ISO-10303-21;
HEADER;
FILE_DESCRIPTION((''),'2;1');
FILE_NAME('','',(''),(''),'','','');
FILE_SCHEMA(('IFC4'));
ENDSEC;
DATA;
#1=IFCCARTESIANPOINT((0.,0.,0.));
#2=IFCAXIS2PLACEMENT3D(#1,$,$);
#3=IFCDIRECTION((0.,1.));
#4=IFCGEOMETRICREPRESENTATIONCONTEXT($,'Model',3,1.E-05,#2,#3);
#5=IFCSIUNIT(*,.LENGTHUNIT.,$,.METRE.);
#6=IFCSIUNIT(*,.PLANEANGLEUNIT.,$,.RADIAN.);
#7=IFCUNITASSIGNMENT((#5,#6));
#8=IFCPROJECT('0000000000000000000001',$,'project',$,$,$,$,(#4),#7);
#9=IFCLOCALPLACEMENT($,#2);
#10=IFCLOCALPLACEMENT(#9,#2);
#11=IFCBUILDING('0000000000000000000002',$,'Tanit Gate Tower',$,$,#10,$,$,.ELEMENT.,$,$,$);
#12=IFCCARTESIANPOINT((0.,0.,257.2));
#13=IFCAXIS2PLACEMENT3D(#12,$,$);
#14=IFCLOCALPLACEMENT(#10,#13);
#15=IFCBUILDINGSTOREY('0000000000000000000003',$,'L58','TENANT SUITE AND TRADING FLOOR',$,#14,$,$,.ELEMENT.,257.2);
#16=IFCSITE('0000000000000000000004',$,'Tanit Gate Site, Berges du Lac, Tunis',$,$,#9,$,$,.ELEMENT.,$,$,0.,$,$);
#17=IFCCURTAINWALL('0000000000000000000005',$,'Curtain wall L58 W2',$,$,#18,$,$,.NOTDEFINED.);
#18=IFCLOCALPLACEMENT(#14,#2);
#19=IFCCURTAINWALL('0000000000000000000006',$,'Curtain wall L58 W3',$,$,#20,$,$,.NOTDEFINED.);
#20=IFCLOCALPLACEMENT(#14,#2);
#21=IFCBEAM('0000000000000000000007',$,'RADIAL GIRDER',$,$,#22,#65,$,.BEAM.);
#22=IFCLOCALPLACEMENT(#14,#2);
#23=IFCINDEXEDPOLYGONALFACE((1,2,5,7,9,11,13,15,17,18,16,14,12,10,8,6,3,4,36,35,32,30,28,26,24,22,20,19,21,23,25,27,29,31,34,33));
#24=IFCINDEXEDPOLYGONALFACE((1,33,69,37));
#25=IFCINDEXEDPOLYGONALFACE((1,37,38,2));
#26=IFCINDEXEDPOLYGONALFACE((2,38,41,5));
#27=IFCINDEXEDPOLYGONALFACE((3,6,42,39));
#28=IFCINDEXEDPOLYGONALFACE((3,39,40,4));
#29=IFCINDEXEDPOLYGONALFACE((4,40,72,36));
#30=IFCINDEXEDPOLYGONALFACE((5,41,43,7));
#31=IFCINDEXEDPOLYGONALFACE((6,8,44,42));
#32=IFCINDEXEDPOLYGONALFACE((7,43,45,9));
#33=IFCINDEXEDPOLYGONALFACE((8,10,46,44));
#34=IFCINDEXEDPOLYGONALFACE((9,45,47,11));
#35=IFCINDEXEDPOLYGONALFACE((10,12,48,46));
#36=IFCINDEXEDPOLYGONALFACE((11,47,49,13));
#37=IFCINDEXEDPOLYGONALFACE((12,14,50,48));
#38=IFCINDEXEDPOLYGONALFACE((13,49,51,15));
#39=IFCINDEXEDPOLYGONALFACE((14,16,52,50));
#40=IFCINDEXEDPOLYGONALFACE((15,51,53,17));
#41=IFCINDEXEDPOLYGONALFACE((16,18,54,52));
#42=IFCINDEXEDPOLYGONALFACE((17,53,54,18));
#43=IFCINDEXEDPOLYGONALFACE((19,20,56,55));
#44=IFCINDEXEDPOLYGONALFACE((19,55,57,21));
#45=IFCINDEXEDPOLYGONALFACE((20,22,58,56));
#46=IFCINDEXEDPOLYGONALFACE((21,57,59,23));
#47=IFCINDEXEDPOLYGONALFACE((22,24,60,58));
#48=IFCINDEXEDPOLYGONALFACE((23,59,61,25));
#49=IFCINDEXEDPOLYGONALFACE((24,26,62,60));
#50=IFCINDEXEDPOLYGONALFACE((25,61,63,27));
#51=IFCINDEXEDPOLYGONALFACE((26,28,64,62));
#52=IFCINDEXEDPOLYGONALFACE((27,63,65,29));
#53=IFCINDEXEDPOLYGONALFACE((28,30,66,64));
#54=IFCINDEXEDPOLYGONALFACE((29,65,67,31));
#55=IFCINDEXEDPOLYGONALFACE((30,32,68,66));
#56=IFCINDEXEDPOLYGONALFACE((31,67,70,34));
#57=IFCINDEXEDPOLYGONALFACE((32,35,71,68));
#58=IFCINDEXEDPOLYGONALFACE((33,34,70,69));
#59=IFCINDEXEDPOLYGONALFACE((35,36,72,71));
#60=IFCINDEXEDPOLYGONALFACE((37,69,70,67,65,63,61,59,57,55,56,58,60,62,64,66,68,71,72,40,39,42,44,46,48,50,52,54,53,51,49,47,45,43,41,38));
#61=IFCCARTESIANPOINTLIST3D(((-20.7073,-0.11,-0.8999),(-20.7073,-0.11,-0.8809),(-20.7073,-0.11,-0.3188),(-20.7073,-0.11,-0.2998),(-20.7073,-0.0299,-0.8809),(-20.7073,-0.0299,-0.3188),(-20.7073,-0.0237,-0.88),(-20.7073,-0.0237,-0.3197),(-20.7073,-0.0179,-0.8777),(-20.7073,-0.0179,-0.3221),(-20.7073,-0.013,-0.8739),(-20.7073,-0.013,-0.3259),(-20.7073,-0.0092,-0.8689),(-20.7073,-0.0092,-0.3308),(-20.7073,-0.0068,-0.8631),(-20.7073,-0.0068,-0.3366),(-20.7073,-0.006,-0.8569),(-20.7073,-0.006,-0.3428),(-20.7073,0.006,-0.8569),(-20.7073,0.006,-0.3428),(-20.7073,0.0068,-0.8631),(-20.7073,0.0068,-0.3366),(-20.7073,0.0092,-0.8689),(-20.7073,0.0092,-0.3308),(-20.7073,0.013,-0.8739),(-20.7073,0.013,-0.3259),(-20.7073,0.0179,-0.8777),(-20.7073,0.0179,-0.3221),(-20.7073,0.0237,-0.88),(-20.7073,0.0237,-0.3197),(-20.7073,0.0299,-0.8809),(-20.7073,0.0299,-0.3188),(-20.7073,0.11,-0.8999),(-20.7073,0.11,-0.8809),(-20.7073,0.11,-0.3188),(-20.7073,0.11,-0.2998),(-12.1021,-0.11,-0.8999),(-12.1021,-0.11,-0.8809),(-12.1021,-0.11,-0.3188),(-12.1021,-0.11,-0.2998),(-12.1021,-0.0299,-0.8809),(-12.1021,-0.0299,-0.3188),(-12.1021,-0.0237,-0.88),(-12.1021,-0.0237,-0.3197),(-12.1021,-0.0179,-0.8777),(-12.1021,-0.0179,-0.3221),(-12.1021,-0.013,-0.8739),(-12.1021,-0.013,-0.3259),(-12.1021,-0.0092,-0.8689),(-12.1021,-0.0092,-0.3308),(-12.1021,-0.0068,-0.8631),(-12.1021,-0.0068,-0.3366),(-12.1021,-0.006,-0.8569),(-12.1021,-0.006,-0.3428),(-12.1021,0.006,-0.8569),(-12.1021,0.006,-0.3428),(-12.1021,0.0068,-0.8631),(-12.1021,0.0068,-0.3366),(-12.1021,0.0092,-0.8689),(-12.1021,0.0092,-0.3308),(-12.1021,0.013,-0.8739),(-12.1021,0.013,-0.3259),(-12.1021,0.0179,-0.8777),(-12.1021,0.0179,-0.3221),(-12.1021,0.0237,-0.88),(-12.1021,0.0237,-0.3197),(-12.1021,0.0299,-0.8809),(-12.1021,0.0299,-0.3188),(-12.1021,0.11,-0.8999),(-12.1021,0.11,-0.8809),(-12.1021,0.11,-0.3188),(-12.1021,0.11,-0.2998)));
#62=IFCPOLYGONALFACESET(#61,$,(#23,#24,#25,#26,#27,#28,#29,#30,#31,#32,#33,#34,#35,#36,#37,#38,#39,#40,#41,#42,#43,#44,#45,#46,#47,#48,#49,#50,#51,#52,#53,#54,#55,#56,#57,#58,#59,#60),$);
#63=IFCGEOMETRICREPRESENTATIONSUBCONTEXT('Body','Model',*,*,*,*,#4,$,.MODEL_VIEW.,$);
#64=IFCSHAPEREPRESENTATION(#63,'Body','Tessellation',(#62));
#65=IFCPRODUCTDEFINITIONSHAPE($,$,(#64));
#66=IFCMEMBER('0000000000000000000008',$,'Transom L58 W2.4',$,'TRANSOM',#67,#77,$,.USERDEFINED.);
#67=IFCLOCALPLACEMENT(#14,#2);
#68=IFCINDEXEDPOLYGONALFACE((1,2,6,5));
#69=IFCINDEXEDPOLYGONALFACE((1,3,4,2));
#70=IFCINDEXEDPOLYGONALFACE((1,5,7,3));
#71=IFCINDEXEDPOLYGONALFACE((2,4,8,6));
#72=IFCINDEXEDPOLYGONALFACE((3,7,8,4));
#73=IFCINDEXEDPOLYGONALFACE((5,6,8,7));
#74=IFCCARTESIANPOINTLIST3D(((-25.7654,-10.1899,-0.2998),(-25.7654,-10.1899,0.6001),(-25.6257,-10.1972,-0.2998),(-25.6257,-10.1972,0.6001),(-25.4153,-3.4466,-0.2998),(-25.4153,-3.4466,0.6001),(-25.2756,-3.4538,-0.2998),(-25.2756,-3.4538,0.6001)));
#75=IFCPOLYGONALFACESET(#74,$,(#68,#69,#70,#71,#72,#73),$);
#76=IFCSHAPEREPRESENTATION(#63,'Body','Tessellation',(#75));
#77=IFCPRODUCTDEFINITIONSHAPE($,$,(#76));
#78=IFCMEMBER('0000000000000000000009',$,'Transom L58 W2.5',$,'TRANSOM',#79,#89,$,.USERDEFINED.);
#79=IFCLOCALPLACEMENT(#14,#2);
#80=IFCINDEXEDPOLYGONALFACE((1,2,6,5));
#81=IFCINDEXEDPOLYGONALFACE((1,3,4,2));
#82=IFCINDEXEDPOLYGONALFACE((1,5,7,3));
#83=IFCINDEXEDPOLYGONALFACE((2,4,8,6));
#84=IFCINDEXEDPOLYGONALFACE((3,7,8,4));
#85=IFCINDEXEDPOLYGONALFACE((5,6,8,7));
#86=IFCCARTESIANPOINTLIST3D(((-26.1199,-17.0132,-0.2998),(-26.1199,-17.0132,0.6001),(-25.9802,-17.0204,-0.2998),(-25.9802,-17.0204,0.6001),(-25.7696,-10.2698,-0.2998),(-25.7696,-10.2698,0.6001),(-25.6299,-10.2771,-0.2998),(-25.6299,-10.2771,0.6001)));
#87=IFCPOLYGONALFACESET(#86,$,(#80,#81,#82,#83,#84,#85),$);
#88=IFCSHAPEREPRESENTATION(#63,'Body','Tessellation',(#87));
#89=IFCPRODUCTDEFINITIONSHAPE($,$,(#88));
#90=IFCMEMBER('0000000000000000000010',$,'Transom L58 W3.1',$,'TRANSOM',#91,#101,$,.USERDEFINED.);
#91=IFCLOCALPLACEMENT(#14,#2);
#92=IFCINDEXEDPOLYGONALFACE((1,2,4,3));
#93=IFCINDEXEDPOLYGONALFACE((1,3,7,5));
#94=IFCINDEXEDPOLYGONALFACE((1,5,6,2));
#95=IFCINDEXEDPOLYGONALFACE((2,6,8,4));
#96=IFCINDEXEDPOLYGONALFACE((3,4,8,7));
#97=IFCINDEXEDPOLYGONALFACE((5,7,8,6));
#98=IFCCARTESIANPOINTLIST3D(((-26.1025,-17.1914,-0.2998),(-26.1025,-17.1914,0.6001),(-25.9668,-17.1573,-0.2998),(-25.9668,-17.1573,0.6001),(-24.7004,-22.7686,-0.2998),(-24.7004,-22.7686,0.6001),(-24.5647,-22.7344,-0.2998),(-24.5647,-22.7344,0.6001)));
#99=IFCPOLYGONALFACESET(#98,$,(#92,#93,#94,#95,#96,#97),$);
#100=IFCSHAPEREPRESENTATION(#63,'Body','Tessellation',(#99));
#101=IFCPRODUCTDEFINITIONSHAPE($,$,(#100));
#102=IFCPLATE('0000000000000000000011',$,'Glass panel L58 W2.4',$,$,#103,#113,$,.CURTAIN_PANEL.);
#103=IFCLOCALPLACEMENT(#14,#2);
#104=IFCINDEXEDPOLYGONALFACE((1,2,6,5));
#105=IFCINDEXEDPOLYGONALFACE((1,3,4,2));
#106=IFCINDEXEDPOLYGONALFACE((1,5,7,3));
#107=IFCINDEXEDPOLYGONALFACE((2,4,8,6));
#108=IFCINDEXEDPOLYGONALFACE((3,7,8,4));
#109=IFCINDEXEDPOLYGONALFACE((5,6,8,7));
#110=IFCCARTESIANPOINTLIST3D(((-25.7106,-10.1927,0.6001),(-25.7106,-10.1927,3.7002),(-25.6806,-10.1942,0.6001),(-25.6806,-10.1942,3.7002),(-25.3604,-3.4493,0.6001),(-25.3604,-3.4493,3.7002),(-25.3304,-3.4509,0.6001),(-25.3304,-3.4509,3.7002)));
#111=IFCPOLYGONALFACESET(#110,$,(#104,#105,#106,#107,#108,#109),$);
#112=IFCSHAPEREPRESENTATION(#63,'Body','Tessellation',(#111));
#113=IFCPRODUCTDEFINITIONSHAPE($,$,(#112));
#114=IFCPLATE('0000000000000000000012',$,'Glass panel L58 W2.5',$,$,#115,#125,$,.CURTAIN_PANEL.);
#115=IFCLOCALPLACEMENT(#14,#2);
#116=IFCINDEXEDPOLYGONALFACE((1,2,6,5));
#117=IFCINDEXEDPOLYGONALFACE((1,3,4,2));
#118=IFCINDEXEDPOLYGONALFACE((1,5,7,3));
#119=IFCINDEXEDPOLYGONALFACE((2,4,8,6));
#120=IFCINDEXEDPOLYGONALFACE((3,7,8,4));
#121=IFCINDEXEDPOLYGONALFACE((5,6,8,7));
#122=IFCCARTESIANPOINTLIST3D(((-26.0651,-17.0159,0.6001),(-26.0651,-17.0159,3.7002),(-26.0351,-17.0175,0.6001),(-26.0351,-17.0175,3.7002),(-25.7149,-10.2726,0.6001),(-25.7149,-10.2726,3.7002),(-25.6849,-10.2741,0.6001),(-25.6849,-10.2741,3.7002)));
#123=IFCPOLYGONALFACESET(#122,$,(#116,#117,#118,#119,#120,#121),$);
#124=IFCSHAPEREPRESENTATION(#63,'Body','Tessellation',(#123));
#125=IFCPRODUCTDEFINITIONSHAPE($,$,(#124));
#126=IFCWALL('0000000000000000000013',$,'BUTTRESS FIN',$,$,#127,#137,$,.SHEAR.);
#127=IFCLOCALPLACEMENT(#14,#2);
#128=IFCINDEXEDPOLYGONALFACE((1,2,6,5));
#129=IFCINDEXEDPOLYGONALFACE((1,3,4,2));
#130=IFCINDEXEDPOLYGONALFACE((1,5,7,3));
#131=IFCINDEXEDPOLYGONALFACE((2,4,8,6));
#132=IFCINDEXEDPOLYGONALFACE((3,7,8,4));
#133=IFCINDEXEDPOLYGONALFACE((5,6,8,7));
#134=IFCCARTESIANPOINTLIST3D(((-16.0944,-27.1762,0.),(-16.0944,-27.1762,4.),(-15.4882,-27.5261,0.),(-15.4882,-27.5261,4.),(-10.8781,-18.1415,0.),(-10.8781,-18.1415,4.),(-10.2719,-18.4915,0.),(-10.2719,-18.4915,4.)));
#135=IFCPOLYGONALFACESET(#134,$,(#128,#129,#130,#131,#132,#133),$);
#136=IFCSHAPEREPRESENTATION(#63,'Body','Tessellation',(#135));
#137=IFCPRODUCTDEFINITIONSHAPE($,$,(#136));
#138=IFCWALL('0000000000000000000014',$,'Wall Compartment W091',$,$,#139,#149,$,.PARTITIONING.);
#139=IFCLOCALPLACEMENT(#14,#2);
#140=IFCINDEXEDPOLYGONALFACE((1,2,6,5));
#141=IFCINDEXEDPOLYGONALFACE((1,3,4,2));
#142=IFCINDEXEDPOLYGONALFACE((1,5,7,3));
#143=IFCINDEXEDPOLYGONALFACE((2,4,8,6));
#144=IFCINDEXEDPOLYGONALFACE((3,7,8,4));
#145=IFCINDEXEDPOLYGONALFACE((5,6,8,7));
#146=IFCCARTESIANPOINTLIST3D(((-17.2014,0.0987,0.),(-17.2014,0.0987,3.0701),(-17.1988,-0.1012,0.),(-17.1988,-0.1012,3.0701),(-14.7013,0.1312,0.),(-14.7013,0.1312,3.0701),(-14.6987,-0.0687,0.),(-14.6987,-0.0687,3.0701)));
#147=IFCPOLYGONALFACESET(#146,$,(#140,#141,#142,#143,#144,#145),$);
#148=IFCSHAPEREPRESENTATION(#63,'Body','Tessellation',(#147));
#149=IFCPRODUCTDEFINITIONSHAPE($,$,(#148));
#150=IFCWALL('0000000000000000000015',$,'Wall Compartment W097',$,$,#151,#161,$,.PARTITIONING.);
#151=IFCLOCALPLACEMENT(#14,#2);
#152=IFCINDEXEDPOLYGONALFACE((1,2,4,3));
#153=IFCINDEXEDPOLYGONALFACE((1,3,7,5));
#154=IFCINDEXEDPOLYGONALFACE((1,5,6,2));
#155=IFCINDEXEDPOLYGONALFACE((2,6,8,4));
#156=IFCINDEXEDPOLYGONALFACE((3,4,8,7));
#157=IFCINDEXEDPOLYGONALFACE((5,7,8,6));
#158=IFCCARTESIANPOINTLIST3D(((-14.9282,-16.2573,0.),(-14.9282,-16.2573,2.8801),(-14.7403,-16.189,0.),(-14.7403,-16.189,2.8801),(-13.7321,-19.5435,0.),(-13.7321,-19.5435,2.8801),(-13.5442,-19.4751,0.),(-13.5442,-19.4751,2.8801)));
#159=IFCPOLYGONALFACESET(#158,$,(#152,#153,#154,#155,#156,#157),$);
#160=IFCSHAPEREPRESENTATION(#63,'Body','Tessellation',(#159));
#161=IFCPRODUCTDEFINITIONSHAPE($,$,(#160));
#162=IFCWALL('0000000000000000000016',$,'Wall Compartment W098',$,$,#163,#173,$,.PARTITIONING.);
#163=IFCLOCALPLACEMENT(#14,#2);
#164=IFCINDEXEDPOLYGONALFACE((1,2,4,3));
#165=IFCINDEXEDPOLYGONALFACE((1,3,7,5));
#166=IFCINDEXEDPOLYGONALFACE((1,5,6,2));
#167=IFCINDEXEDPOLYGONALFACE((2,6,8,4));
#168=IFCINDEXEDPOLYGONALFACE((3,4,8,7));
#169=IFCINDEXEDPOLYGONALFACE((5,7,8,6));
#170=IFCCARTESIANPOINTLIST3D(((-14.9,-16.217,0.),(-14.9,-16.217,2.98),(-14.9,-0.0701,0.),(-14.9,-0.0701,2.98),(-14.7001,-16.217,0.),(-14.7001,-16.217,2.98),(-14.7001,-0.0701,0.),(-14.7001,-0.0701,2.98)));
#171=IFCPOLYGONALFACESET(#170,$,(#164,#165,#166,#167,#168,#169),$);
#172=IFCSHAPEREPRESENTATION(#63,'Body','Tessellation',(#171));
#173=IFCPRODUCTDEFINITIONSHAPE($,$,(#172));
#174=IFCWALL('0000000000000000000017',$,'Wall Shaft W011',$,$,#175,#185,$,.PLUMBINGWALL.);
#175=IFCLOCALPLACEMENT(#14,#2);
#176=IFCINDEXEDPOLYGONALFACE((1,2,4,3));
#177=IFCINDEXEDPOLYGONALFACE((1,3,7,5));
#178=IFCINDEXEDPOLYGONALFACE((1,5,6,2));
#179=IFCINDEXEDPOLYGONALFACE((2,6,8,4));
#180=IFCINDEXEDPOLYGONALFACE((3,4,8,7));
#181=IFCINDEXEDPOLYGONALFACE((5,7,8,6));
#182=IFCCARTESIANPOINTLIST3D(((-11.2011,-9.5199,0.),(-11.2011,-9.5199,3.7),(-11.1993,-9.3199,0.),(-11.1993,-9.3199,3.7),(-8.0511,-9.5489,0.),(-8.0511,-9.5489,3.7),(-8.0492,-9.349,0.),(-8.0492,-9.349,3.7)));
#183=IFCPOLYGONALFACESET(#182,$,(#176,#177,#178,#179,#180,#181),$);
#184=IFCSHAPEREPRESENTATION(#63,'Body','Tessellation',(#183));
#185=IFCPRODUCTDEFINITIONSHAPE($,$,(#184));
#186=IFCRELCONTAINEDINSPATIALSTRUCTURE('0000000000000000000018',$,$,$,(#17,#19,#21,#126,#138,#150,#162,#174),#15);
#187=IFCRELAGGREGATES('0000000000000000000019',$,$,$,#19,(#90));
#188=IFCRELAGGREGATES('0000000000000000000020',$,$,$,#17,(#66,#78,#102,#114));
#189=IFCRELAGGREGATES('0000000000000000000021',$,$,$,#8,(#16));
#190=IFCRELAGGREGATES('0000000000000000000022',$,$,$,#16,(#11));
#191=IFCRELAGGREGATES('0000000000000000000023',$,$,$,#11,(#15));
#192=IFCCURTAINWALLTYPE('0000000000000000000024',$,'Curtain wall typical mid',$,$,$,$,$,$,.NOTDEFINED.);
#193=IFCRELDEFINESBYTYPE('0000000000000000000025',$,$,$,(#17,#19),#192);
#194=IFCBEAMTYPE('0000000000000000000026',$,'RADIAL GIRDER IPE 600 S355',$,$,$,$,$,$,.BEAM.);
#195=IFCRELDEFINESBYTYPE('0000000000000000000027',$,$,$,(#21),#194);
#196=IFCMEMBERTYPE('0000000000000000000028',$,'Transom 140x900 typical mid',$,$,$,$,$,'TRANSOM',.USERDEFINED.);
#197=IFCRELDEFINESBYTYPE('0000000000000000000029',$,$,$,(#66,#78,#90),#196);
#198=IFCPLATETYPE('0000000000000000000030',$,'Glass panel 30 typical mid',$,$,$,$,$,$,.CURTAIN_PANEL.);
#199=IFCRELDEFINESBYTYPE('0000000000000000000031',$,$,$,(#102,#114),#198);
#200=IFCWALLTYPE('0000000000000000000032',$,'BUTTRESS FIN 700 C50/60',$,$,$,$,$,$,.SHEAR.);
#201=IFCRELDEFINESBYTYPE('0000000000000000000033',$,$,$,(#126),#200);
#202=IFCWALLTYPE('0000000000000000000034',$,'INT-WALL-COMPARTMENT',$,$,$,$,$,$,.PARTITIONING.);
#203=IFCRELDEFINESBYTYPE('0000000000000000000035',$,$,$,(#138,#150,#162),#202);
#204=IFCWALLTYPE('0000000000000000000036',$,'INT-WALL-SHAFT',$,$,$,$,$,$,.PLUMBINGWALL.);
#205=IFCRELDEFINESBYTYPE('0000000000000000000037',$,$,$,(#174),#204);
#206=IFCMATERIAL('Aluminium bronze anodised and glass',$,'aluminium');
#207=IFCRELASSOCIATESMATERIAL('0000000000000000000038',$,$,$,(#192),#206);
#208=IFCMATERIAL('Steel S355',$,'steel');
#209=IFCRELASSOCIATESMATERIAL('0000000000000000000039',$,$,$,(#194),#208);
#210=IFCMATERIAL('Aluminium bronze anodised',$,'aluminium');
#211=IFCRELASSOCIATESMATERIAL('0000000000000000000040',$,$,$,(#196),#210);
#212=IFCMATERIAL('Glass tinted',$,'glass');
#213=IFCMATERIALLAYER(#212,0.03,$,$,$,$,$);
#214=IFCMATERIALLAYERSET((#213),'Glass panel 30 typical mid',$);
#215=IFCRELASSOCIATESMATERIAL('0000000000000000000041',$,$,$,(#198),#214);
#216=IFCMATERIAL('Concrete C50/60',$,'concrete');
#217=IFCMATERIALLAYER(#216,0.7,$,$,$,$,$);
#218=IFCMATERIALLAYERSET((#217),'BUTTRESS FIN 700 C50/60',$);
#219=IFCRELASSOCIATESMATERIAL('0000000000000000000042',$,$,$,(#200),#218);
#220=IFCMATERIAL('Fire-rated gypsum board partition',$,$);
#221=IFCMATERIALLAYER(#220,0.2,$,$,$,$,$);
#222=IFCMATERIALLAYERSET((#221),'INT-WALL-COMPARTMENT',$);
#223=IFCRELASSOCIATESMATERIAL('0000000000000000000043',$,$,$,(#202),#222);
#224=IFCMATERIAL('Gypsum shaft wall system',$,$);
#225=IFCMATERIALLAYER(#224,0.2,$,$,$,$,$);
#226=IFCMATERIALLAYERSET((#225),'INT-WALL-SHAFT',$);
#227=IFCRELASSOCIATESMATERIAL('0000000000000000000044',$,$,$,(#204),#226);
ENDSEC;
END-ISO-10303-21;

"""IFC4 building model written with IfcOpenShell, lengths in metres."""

from ifc_helpers import new_model, si_unit, direction, frame, frame_2d, origin, origin_2d, place, context, subcontext, project, spatial, rectangle, i_section, extrude, material, layer, layer_set, material_profile, profile_set, type_object, element, aggregate, save


model = new_model("IFC4")

# Units and contexts
model_context = context("Model", 3, precision=1e-05, world=origin(), true_north=direction((0.0, 1.0)))
body_context = subcontext(model_context, "Body", "Model", "MODEL_VIEW")
ifc_project = project(units=[si_unit("LENGTHUNIT", "METRE"), si_unit("PLANEANGLEUNIT", "RADIAN")], contexts=[model_context])

# Site, building, storey
site_placement = place(None, origin())
site = spatial("IfcSite", under=ifc_project, at=site_placement, Name="Tanit Gate Site, Berges du Lac, Tunis", CompositionType="ELEMENT", RefElevation=0.0)
building_placement = place(site_placement, origin())
building = spatial("IfcBuilding", under=site, at=building_placement, Name="Tanit Gate Tower", CompositionType="ELEMENT")
storey_placement = place(building_placement, frame((0.0, 0.0, 257.2)))
storey = spatial("IfcBuildingStorey", under=building, at=storey_placement, Name="L58", Description="TENANT SUITE AND TRADING FLOOR", CompositionType="ELEMENT", Elevation=257.2)

# Curtain wall
ifc_material_1 = material(Name="Aluminium bronze anodised and glass", Category="aluminium")
curtain_wall_type = type_object("IfcCurtainWallType", Name="Curtain wall typical mid", PredefinedType="NOTDEFINED", material=ifc_material_1)
curtain_wall_1_placement = place(storey_placement, origin())
curtain_wall_1 = element("IfcCurtainWall", 1, at=curtain_wall_1_placement, inside=storey, type_object=curtain_wall_type, Name="Curtain wall L58 W2", PredefinedType="NOTDEFINED")

# Curtain wall
curtain_wall_2_placement = place(storey_placement, origin())
curtain_wall_2 = element("IfcCurtainWall", 2, at=curtain_wall_2_placement, inside=storey, type_object=curtain_wall_type, Name="Curtain wall L58 W3", PredefinedType="NOTDEFINED")

# Beam
ifc_material_2 = material(Name="Steel S355", Category="steel")
ifc_material_profile_1 = material_profile(ifc_material_2, i_section(OverallWidth=0.22, OverallDepth=0.6001, WebThickness=0.012, FlangeThickness=0.019, FilletRadius=0.0239, at=origin_2d()), Name="IPE 600")
ifc_profile_set_1 = profile_set([ifc_material_profile_1], Name="Steel S355")
beam_type_1 = type_object("IfcBeamType", Name="RADIAL GIRDER IPE 600 S355", PredefinedType="BEAM", material=ifc_profile_set_1)
beam_1_placement = place(storey_placement, frame((-20.7073, 0.0, -0.5999), z_axis=(1.0, 0.0, 0.0), x_axis=(0.0, 1.0, 0.0)))
element("IfcBeam", 3, at=beam_1_placement, inside=storey, type_object=beam_type_1, Name="RADIAL GIRDER", PredefinedType="BEAM", context=body_context, shape_type="SweptSolid", body=[
    extrude(i_section(OverallWidth=0.22, OverallDepth=0.6001, WebThickness=0.012, FlangeThickness=0.019, FilletRadius=0.0239, at=origin_2d()), origin(), (0.0, 0.0, 1.0), 8.6052),
])

# Members
ifc_material_3 = material(Name="Aluminium bronze anodised", Category="aluminium")
ifc_material_profile_2 = material_profile(ifc_material_3, rectangle(XDim=0.1399, YDim=0.8999, at=origin_2d()), Name="140x900 bronze transom")
ifc_profile_set_2 = profile_set([ifc_material_profile_2], Name="Aluminium bronze anodised")
member_type_1 = type_object("IfcMemberType", Name="Transom 140x900 typical mid", ElementType="TRANSOM", PredefinedType="USERDEFINED", material=ifc_profile_set_2)
member_1_placement = place(storey_placement, frame((-25.3455, -3.4502, 0.1501), z_axis=(-0.051847, -0.998655, 0.0), x_axis=(0.998655, -0.051847, 0.0)))
member_1 = element("IfcMember", 4, at=member_1_placement, type_object=member_type_1, Name="Transom L58 W2.4", ObjectType="TRANSOM", PredefinedType="USERDEFINED", context=body_context, shape_type="SweptSolid", body=[
    extrude(rectangle(XDim=0.1399, YDim=0.8999, at=origin_2d()), origin(), (0.0, 0.0, 1.0), 6.7524),
])
member_2_placement = place(storey_placement, frame((-25.6997, -10.2734, 0.1501), z_axis=(-0.051883, -0.998653, 0.0), x_axis=(0.998653, -0.051883, 0.0)))
member_2 = element("IfcMember", 5, at=member_2_placement, type_object=member_type_1, Name="Transom L58 W2.5", ObjectType="TRANSOM", PredefinedType="USERDEFINED", context=body_context, shape_type="SweptSolid", body=[
    extrude(rectangle(XDim=0.1399, YDim=0.8999, at=origin_2d()), origin(), (0.0, 0.0, 1.0), 6.7524),
])
member_3_placement = place(storey_placement, frame((-26.0347, -17.1743, 0.1501), z_axis=(0.243814, -0.969822, 0.0), x_axis=(0.969822, 0.243814, 0.0)))
member_3 = element("IfcMember", 6, at=member_3_placement, type_object=member_type_1, Name="Transom L58 W3.1", ObjectType="TRANSOM", PredefinedType="USERDEFINED", context=body_context, shape_type="SweptSolid", body=[
    extrude(rectangle(XDim=0.1399, YDim=0.8999, at=origin_2d()), origin(), (0.0, 0.0, 1.0), 5.7507),
])
aggregate(curtain_wall_2, [member_3])

# Plates
ifc_material_4 = material(Name="Glass tinted", Category="glass")
ifc_layer_1 = layer(ifc_material_4, 0.03)
ifc_layer_set_1 = layer_set([ifc_layer_1], Name="Glass panel 30 typical mid")
plate_type = type_object("IfcPlateType", Name="Glass panel 30 typical mid", PredefinedType="CURTAIN_PANEL", material=ifc_layer_set_1)
plate_1_placement = place(storey_placement, frame((-25.5205, -6.8218, 0.6001), z_axis=(0.0, 0.0, 1.0), x_axis=(-0.051865, -0.998654, 0.0)))
plate_1 = element("IfcPlate", 7, at=plate_1_placement, type_object=plate_type, Name="Glass panel L58 W2.4", PredefinedType="CURTAIN_PANEL", context=body_context, shape_type="SweptSolid", body=[
    extrude(rectangle(XDim=6.7524, YDim=0.03, at=origin_2d()), origin(), (0.0, 0.0, 1.0), 3.1001),
])
plate_2_placement = place(storey_placement, frame((-25.875, -13.645, 0.6001), z_axis=(0.0, 0.0, 1.0), x_axis=(-0.051865, -0.998654, 0.0)))
plate_2 = element("IfcPlate", 8, at=plate_2_placement, type_object=plate_type, Name="Glass panel L58 W2.5", PredefinedType="CURTAIN_PANEL", context=body_context, shape_type="SweptSolid", body=[
    extrude(rectangle(XDim=6.7524, YDim=0.03, at=origin_2d()), origin(), (0.0, 0.0, 1.0), 3.1001),
])
aggregate(curtain_wall_1, [member_1, member_2, plate_1, plate_2])

# Walls
ifc_material_5 = material(Name="Concrete C50/60", Category="concrete")
ifc_layer_2 = layer(ifc_material_5, 0.7)
ifc_layer_set_2 = layer_set([ifc_layer_2], Name="BUTTRESS FIN 700 C50/60")
wall_type_1 = type_object("IfcWallType", Name="BUTTRESS FIN 700 C50/60", PredefinedType="SHEAR", material=ifc_layer_set_2)
wall_1_placement = place(storey_placement, frame((-10.575, -18.3164, 0.0), z_axis=(0.0, 0.0, 1.0), x_axis=(-0.50001, -0.86602, 0.0)))
element("IfcWall", 9, at=wall_1_placement, inside=storey, type_object=wall_type_1, Name="BUTTRESS FIN", PredefinedType="SHEAR", context=body_context, shape_type="SweptSolid", body=[
    extrude(rectangle(XDim=10.4324, YDim=0.7, at=frame_2d((5.2163, 0.0))), origin(), (0.0, 0.0, 1.0), 4.0),
])
ifc_material_6 = material(Name="Fire-rated gypsum board partition")
ifc_layer_3 = layer(ifc_material_6, 0.2)
ifc_layer_set_3 = layer_set([ifc_layer_3], Name="INT-WALL-COMPARTMENT")
wall_type_2 = type_object("IfcWallType", Name="INT-WALL-COMPARTMENT", PredefinedType="PARTITIONING", material=ifc_layer_set_3)
wall_2_placement = place(storey_placement, frame((-17.2, -0.0012, 0.0), z_axis=(0.0, 0.0, 1.0), x_axis=(0.999916, 0.012987, 0.0)))
element("IfcWall", 10, at=wall_2_placement, inside=storey, type_object=wall_type_2, Name="Wall Compartment W091", PredefinedType="PARTITIONING", context=body_context, shape_type="SweptSolid", body=[
    extrude(rectangle(XDim=2.5002, YDim=0.2, at=frame_2d((1.25, 0.0))), origin(), (0.0, 0.0, 1.0), 3.0701),
])
wall_3_placement = place(storey_placement, frame((-14.8342, -16.2231, 0.0), z_axis=(0.0, 0.0, 1.0), x_axis=(0.342018, -0.939694, 0.0)))
element("IfcWall", 11, at=wall_3_placement, inside=storey, type_object=wall_type_2, Name="Wall Compartment W097", PredefinedType="PARTITIONING", context=body_context, shape_type="SweptSolid", body=[
    extrude(rectangle(XDim=3.4971, YDim=0.2, at=frame_2d((1.7485, 0.0))), origin(), (0.0, 0.0, 1.0), 2.8801),
])
wall_4_placement = place(storey_placement, frame((-14.8, -0.0701, 0.0), z_axis=(0.0, 0.0, 1.0), x_axis=(0.0, -1.0, 0.0)))
element("IfcWall", 12, at=wall_4_placement, inside=storey, type_object=wall_type_2, Name="Wall Compartment W098", PredefinedType="PARTITIONING", context=body_context, shape_type="SweptSolid", body=[
    extrude(rectangle(XDim=16.147, YDim=0.2, at=frame_2d((8.0735, 0.0))), origin(), (0.0, 0.0, 1.0), 2.98),
])
ifc_material_7 = material(Name="Gypsum shaft wall system")
ifc_layer_4 = layer(ifc_material_7, 0.2)
ifc_layer_set_4 = layer_set([ifc_layer_4], Name="INT-WALL-SHAFT")
wall_type_3 = type_object("IfcWallType", Name="INT-WALL-SHAFT", PredefinedType="PLUMBINGWALL", material=ifc_layer_set_4)
wall_5_placement = place(storey_placement, frame((-8.05, -9.449, 0.0), z_axis=(0.0, 0.0, 1.0), x_axis=(-0.999957, 0.009223, 0.0)))
element("IfcWall", 13, at=wall_5_placement, inside=storey, type_object=wall_type_3, Name="Wall Shaft W011", PredefinedType="PLUMBINGWALL", context=body_context, shape_type="SweptSolid", body=[
    extrude(rectangle(XDim=3.1501, YDim=0.2, at=frame_2d((1.5752, 0.0))), origin(), (0.0, 0.0, 1.0), 3.7),
])

save(model, "model.ifc")
